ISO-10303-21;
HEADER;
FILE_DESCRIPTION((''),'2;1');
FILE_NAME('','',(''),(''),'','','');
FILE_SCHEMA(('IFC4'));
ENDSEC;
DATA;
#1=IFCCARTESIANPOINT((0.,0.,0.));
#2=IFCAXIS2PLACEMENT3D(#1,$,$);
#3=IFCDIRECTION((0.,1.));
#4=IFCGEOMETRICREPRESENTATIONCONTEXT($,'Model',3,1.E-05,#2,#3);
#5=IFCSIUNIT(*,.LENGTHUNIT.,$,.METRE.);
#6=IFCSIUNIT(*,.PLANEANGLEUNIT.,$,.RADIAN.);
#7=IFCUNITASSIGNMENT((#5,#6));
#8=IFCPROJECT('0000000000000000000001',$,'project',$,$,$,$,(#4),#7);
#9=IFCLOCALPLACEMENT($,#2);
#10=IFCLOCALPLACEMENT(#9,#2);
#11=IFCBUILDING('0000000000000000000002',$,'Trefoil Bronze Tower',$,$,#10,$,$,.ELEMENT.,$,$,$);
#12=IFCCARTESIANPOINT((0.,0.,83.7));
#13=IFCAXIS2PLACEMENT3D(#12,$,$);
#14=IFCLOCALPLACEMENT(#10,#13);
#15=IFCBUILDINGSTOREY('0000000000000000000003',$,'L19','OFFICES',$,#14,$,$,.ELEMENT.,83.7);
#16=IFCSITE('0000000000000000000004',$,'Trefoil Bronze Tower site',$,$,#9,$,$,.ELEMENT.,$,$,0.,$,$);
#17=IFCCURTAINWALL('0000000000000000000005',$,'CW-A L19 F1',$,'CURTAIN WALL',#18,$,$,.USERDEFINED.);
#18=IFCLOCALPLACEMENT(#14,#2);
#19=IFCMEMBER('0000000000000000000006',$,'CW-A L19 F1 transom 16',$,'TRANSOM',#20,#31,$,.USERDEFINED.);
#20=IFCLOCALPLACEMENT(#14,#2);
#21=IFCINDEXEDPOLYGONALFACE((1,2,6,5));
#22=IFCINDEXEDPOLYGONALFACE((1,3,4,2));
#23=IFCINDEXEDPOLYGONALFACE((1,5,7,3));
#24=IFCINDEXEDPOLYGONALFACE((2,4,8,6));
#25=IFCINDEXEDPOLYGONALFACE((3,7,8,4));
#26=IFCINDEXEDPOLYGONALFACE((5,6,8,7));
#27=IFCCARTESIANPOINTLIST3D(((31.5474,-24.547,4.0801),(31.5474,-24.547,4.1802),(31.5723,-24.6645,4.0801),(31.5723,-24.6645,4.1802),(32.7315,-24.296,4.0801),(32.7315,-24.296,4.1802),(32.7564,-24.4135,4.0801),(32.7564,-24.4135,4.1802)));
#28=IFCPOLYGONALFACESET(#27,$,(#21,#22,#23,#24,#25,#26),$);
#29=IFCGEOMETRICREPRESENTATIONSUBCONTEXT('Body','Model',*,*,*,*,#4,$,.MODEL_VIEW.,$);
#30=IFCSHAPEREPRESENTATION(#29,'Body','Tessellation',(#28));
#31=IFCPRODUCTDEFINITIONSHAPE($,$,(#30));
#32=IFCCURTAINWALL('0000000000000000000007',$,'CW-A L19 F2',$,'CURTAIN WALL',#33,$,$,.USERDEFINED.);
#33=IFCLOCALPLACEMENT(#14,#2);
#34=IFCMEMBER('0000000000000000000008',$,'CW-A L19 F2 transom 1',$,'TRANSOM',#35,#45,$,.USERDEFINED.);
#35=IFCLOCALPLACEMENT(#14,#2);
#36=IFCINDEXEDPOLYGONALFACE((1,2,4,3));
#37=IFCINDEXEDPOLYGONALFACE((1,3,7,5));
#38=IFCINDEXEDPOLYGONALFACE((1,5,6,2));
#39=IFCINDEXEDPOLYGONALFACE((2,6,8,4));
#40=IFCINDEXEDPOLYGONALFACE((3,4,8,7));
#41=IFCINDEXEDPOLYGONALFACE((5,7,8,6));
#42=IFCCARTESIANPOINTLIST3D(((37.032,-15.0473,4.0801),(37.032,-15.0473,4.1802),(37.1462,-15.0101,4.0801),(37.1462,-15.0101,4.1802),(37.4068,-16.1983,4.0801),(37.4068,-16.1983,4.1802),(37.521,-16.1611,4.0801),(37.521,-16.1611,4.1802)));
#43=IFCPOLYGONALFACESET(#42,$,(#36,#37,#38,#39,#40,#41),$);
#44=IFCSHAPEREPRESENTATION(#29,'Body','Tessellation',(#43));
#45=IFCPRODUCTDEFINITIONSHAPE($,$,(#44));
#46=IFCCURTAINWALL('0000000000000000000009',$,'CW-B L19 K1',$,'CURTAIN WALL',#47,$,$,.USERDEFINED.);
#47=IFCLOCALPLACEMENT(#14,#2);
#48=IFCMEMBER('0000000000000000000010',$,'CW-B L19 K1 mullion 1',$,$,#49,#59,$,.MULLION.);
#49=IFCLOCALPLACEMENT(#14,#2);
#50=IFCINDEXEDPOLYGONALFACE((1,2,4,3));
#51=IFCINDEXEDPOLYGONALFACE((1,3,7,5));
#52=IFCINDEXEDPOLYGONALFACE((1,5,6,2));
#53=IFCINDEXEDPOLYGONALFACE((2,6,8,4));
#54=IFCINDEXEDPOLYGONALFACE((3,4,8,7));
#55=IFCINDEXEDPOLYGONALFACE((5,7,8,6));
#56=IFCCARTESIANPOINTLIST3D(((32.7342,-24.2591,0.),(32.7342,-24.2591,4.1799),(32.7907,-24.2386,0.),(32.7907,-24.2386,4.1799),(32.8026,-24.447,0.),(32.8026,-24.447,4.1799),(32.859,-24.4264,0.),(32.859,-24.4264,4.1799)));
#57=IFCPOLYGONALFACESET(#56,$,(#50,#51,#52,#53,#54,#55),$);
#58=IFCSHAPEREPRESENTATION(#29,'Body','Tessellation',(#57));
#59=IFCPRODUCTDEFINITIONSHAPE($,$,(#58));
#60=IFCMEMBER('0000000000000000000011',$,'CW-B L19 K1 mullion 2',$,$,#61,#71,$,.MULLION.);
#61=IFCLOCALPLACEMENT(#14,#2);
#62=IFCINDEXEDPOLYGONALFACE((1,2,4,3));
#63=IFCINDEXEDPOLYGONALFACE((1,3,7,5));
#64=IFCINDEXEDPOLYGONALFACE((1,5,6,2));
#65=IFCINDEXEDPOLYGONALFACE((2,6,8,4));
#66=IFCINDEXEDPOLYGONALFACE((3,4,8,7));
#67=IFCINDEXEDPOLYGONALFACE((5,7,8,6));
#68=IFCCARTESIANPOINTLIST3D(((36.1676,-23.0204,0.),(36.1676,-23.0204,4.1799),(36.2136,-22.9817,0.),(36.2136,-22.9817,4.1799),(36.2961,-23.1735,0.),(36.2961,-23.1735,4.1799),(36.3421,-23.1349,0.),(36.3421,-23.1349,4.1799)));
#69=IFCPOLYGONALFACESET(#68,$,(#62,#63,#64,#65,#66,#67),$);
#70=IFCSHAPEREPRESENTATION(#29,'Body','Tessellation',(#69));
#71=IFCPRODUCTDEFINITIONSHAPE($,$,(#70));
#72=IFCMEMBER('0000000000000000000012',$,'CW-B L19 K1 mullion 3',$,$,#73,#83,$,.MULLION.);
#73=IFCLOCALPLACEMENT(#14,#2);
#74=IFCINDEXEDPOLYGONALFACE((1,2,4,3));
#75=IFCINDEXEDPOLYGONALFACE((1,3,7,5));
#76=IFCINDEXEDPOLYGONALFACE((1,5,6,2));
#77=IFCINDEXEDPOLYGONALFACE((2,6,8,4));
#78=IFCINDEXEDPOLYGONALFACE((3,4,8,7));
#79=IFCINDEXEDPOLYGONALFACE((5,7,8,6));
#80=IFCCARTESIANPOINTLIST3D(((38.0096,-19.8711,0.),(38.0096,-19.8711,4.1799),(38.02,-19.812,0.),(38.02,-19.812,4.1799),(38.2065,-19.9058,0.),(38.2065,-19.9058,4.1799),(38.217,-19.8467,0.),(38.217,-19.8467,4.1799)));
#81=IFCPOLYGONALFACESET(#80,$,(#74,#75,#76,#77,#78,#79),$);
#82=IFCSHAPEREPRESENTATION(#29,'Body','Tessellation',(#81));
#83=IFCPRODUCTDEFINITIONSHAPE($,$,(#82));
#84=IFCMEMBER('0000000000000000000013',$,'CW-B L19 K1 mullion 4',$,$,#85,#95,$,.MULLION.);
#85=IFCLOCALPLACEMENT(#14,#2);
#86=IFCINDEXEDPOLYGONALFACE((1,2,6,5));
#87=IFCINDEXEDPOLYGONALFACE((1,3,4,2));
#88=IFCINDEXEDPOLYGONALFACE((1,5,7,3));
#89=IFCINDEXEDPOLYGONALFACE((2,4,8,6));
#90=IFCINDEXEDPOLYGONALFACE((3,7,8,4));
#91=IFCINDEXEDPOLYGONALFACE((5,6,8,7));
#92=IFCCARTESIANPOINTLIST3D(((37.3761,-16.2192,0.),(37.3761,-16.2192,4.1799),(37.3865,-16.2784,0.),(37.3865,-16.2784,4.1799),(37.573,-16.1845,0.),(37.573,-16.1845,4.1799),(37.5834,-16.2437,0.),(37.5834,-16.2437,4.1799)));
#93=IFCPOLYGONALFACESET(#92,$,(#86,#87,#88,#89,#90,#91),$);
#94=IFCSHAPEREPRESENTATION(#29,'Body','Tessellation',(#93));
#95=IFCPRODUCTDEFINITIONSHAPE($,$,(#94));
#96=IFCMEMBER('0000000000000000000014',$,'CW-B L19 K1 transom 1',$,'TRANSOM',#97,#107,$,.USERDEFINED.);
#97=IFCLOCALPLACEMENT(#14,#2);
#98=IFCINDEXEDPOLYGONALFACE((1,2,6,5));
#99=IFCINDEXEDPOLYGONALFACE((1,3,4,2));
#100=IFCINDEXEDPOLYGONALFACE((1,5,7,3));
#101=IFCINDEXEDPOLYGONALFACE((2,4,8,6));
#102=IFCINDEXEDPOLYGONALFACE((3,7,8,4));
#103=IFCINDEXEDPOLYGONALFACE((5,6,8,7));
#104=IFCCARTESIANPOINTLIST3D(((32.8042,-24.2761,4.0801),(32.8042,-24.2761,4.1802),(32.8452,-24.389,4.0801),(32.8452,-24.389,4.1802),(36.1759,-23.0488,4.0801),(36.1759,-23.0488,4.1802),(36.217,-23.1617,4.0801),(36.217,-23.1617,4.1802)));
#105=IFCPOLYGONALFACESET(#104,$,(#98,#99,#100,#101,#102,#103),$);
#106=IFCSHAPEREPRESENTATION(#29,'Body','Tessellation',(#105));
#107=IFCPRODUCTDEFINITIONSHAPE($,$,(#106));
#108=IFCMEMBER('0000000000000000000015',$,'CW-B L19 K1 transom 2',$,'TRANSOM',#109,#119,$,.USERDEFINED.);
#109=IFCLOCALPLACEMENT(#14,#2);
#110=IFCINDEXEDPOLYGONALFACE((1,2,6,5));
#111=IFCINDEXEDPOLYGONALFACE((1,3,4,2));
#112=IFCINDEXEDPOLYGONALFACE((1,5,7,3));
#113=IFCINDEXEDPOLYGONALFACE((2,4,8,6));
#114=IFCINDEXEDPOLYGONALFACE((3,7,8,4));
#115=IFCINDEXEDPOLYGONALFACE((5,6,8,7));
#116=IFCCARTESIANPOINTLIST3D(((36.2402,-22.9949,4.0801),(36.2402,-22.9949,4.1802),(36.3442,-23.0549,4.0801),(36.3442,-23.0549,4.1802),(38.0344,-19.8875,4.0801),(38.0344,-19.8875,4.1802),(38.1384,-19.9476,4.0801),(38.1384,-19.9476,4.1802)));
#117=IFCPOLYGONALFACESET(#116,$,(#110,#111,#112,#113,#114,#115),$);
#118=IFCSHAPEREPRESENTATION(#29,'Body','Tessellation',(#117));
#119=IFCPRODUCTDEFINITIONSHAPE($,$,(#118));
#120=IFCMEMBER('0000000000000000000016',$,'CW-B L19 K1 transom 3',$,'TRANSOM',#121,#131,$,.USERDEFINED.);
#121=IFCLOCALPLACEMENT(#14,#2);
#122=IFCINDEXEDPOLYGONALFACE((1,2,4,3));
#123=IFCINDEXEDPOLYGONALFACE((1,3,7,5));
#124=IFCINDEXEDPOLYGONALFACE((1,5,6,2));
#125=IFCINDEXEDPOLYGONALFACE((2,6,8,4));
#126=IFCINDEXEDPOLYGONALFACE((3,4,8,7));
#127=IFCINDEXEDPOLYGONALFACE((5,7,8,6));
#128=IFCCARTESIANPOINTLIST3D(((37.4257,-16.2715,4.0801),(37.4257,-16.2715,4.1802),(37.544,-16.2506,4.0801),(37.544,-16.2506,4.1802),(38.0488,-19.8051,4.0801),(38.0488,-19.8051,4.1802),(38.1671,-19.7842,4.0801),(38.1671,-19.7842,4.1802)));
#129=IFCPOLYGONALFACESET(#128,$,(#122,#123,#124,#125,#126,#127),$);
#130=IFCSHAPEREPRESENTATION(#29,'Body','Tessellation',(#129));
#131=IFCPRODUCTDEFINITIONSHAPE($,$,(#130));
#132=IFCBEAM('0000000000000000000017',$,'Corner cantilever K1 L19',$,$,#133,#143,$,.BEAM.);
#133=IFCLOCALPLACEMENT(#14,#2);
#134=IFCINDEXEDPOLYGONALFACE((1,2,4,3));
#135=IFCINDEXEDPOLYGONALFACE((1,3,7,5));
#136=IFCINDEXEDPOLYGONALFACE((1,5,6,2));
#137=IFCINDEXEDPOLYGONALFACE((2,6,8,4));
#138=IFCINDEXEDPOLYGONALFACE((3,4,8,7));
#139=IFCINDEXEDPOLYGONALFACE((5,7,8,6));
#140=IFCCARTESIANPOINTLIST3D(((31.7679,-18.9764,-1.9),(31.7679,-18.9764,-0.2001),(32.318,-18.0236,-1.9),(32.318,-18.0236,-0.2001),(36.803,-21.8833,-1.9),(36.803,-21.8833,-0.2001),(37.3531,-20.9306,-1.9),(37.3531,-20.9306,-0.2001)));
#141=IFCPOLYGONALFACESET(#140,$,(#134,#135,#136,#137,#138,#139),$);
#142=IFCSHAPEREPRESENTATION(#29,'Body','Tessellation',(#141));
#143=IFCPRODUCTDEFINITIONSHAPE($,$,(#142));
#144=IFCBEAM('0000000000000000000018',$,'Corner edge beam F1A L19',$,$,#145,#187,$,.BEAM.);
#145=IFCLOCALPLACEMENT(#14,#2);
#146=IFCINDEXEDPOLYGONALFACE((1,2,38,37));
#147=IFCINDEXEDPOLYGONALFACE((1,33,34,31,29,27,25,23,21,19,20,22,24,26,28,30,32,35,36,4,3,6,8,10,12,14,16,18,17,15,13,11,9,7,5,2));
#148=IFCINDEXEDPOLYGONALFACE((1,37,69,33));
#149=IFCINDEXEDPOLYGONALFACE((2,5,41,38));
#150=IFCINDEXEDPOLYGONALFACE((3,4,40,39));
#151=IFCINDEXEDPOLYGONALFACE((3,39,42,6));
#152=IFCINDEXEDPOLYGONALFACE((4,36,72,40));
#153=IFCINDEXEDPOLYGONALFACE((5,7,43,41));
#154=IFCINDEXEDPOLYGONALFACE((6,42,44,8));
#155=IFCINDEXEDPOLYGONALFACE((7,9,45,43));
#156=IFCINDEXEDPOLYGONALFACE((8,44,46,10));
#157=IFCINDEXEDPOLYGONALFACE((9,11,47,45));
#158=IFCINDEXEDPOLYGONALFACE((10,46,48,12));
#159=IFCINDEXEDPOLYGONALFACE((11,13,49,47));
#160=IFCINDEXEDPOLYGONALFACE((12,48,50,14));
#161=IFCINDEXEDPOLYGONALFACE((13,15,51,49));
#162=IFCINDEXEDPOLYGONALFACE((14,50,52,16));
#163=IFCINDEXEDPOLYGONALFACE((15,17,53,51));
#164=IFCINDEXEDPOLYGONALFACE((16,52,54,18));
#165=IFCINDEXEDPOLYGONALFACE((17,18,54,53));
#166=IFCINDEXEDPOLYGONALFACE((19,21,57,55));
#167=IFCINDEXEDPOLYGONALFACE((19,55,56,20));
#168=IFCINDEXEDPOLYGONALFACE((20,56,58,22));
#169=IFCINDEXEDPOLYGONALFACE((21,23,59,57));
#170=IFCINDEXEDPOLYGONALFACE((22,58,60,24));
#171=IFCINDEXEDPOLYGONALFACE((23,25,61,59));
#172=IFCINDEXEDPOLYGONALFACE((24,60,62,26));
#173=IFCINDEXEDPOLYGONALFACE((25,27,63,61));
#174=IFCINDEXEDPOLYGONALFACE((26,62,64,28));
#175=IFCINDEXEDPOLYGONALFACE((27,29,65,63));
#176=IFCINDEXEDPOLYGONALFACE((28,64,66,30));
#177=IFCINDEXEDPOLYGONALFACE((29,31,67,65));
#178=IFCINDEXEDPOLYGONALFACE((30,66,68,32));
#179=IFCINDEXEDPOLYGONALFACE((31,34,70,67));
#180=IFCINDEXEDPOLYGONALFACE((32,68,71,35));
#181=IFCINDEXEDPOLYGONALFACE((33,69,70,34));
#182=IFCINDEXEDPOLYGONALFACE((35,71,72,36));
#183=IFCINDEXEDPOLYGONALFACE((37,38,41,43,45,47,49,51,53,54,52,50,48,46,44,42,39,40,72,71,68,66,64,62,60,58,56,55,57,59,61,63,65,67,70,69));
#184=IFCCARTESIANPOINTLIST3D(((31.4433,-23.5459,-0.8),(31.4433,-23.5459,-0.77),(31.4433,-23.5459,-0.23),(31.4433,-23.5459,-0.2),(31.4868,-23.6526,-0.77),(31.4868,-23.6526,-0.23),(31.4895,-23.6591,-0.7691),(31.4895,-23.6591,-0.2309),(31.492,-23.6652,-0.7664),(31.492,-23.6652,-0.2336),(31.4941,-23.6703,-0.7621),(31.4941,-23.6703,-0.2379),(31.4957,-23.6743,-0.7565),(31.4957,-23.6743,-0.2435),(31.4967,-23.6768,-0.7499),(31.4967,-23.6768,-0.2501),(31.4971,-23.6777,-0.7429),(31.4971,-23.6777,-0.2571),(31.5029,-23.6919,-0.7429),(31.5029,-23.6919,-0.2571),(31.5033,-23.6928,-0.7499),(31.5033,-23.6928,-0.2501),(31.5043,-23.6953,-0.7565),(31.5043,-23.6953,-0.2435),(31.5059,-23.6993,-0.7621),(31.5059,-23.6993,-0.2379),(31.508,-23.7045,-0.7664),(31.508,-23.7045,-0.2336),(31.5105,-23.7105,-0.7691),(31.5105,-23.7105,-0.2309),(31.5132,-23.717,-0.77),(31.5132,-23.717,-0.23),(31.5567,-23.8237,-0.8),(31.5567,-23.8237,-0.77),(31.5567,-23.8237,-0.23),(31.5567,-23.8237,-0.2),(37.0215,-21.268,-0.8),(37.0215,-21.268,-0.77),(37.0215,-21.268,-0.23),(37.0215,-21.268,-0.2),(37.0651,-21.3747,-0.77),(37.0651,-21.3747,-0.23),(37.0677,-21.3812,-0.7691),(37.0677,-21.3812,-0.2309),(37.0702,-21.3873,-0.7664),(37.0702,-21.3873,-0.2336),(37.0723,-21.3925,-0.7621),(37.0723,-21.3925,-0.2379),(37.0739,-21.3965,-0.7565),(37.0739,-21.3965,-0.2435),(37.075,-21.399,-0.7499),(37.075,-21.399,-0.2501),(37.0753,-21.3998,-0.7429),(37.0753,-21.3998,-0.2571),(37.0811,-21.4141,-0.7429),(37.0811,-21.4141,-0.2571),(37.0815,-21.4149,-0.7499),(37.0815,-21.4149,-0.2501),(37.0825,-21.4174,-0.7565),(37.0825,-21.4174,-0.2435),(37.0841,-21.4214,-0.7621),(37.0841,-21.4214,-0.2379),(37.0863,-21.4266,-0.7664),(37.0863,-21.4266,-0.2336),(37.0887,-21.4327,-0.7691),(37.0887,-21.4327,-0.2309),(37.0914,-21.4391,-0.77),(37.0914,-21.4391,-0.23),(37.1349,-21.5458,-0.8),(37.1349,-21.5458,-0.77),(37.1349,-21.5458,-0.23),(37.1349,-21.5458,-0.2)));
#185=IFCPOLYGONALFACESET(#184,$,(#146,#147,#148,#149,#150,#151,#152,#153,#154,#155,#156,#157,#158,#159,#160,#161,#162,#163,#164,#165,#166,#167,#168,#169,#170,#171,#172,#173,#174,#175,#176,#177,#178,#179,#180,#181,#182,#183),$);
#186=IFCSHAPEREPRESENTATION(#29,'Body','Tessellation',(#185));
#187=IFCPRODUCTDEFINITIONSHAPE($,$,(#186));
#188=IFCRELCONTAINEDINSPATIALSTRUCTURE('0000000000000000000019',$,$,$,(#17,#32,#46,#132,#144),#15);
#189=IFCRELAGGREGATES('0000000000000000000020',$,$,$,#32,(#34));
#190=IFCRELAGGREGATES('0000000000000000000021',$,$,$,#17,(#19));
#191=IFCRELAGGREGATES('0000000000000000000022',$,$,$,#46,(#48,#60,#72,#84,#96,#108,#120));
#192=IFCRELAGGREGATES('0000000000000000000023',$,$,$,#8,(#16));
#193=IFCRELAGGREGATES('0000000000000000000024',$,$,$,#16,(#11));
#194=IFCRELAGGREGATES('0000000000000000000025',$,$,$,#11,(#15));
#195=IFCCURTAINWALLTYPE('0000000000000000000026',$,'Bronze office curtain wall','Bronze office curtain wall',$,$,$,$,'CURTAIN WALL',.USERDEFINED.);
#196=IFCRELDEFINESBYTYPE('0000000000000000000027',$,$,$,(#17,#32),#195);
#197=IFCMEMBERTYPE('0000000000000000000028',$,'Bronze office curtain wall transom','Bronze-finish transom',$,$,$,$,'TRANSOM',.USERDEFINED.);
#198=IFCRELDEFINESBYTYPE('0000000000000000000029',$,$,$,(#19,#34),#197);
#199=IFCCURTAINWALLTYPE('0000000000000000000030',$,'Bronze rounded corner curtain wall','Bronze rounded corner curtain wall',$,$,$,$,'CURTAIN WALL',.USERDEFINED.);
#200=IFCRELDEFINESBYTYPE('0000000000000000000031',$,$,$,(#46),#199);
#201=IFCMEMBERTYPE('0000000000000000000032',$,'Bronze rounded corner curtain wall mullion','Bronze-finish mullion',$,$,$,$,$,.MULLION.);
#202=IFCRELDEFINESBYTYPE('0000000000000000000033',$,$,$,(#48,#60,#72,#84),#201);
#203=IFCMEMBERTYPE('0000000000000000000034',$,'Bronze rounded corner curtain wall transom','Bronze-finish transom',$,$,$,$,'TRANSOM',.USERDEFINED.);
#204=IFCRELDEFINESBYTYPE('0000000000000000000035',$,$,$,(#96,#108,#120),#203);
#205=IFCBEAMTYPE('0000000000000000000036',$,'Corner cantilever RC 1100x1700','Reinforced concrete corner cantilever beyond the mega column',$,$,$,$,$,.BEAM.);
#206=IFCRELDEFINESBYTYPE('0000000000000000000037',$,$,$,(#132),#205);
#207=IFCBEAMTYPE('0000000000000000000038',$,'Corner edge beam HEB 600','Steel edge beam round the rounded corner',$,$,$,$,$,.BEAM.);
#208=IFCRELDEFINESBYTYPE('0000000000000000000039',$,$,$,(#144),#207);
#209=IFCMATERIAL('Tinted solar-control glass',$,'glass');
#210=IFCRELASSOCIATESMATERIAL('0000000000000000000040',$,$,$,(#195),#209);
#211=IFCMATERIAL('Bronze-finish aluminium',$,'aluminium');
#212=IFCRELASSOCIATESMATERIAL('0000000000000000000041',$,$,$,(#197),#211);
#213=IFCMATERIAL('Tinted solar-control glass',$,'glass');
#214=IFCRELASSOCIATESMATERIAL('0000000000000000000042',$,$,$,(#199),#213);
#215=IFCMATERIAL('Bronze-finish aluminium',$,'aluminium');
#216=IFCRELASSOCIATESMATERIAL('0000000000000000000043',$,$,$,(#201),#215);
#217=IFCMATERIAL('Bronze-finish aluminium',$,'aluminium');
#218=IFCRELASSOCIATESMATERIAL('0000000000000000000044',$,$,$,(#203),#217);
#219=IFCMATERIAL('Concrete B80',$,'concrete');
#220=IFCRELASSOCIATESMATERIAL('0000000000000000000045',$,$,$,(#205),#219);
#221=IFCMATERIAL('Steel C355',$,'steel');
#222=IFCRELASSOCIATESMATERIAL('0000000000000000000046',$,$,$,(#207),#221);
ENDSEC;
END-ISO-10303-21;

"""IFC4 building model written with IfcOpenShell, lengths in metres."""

from ifc_helpers import new_model, si_unit, direction, frame, origin, origin_2d, place, context, subcontext, project, spatial, rectangle, i_section, extrude, material, material_profile, profile_set, type_object, element, aggregate, save


model = new_model("IFC4")

# Units and contexts
model_context = context("Model", 3, precision=1e-05, world=origin(), true_north=direction((0.0, 1.0)))
body_context = subcontext(model_context, "Body", "Model", "MODEL_VIEW")
ifc_project = project(units=[si_unit("LENGTHUNIT", "METRE"), si_unit("PLANEANGLEUNIT", "RADIAN")], contexts=[model_context])

# Site, building, storey
site_placement = place(None, origin())
site = spatial("IfcSite", under=ifc_project, at=site_placement, Name="Trefoil Bronze Tower site", CompositionType="ELEMENT", RefElevation=0.0)
building_placement = place(site_placement, origin())
building = spatial("IfcBuilding", under=site, at=building_placement, Name="Trefoil Bronze Tower", CompositionType="ELEMENT")
storey_placement = place(building_placement, frame((0.0, 0.0, 83.7)))
storey = spatial("IfcBuildingStorey", under=building, at=storey_placement, Name="L19", Description="OFFICES", CompositionType="ELEMENT", Elevation=83.7)

# Curtain wall, member
ifc_material_1 = material(Name="Tinted solar-control glass", Category="glass")
curtain_wall_type_1 = type_object("IfcCurtainWallType", Name="Bronze office curtain wall", Description="Bronze office curtain wall", ElementType="CURTAIN WALL", PredefinedType="USERDEFINED", material=ifc_material_1)
curtain_wall_1_placement = place(storey_placement, origin())
curtain_wall_1 = element("IfcCurtainWall", 1, at=curtain_wall_1_placement, inside=storey, type_object=curtain_wall_type_1, Name="CW-A L19 F1", ObjectType="CURTAIN WALL", PredefinedType="USERDEFINED")
ifc_material_2 = material(Name="Bronze-finish aluminium", Category="aluminium")
ifc_material_profile_1 = material_profile(ifc_material_2, rectangle(XDim=0.1201, YDim=0.1001, at=origin_2d()), Name="CW-A transom")
ifc_profile_set_1 = profile_set([ifc_material_profile_1], Name="Bronze-finish aluminium")
member_type_1 = type_object("IfcMemberType", Name="Bronze office curtain wall transom", Description="Bronze-finish transom", ElementType="TRANSOM", PredefinedType="USERDEFINED", material=ifc_profile_set_1)
member_1_placement = place(storey_placement, frame((31.5598, -24.6057, 4.1301), z_axis=(0.978266, 0.207352, 0.0), x_axis=(-0.207352, 0.978266, 0.0)))
member_1 = element("IfcMember", 2, at=member_1_placement, type_object=member_type_1, Name="CW-A L19 F1 transom 16", ObjectType="TRANSOM", PredefinedType="USERDEFINED", context=body_context, shape_type="SweptSolid", body=[
    extrude(rectangle(XDim=0.1201, YDim=0.1001, at=origin_2d()), origin(), (0.0, 0.0, 1.0), 1.2104),
])

# Curtain wall, member
curtain_wall_2_placement = place(storey_placement, origin())
curtain_wall_2 = element("IfcCurtainWall", 3, at=curtain_wall_2_placement, inside=storey, type_object=curtain_wall_type_1, Name="CW-A L19 F2", ObjectType="CURTAIN WALL", PredefinedType="USERDEFINED")
member_2_placement = place(storey_placement, frame((37.4639, -16.1797, 4.1301), z_axis=(-0.309624, 0.950859, 0.0), x_axis=(-0.950859, -0.309624, 0.0)))
member_2 = element("IfcMember", 4, at=member_2_placement, type_object=member_type_1, Name="CW-A L19 F2 transom 1", ObjectType="TRANSOM", PredefinedType="USERDEFINED", context=body_context, shape_type="SweptSolid", body=[
    extrude(rectangle(XDim=0.1201, YDim=0.1001, at=origin_2d()), origin(), (0.0, 0.0, 1.0), 1.2104),
])
aggregate(curtain_wall_2, [member_2])

# Curtain wall, members
ifc_material_3 = material(Name="Tinted solar-control glass", Category="glass")
curtain_wall_type_2 = type_object("IfcCurtainWallType", Name="Bronze rounded corner curtain wall", Description="Bronze rounded corner curtain wall", ElementType="CURTAIN WALL", PredefinedType="USERDEFINED", material=ifc_material_3)
curtain_wall_3_placement = place(storey_placement, origin())
curtain_wall_3 = element("IfcCurtainWall", 5, at=curtain_wall_3_placement, inside=storey, type_object=curtain_wall_type_2, Name="CW-B L19 K1", ObjectType="CURTAIN WALL", PredefinedType="USERDEFINED")
ifc_material_4 = material(Name="Bronze-finish aluminium", Category="aluminium")
ifc_material_profile_2 = material_profile(ifc_material_4, rectangle(XDim=0.2, YDim=0.0601, at=origin_2d()), Name="CW-B mullion")
ifc_profile_set_2 = profile_set([ifc_material_profile_2], Name="Bronze-finish aluminium")
member_type_2 = type_object("IfcMemberType", Name="Bronze rounded corner curtain wall mullion", Description="Bronze-finish mullion", PredefinedType="MULLION", material=ifc_profile_set_2)
member_3_placement = place(storey_placement, frame((32.7966, -24.3428, 0.0), z_axis=(0.0, 0.0, 1.0), x_axis=(-0.34202, 0.939693, 0.0)))
member_3 = element("IfcMember", 6, at=member_3_placement, type_object=member_type_2, Name="CW-B L19 K1 mullion 1", PredefinedType="MULLION", context=body_context, shape_type="SweptSolid", body=[
    extrude(rectangle(XDim=0.2, YDim=0.0601, at=origin_2d()), origin(), (0.0, 0.0, 1.0), 4.1799),
])
member_4_placement = place(storey_placement, frame((36.2549, -23.0776, 0.0), z_axis=(0.0, 0.0, 1.0), x_axis=(-0.642788, 0.766044, 0.0)))
member_4 = element("IfcMember", 7, at=member_4_placement, type_object=member_type_2, Name="CW-B L19 K1 mullion 2", PredefinedType="MULLION", context=body_context, shape_type="SweptSolid", body=[
    extrude(rectangle(XDim=0.2, YDim=0.0601, at=origin_2d()), origin(), (0.0, 0.0, 1.0), 4.1799),
])
member_5_placement = place(storey_placement, frame((38.1133, -19.8589, 0.0), z_axis=(0.0, 0.0, 1.0), x_axis=(-0.984808, 0.173648, 0.0)))
member_5 = element("IfcMember", 8, at=member_5_placement, type_object=member_type_2, Name="CW-B L19 K1 mullion 3", PredefinedType="MULLION", context=body_context, shape_type="SweptSolid", body=[
    extrude(rectangle(XDim=0.2, YDim=0.0601, at=origin_2d()), origin(), (0.0, 0.0, 1.0), 4.1799),
])
member_6_placement = place(storey_placement, frame((37.4797, -16.2314, 0.0), z_axis=(0.0, 0.0, 1.0), x_axis=(-0.984808, -0.173648, 0.0)))
member_6 = element("IfcMember", 9, at=member_6_placement, type_object=member_type_2, Name="CW-B L19 K1 mullion 4", PredefinedType="MULLION", context=body_context, shape_type="SweptSolid", body=[
    extrude(rectangle(XDim=0.2, YDim=0.0601, at=origin_2d()), origin(), (0.0, 0.0, 1.0), 4.1799),
])
ifc_material_5 = material(Name="Bronze-finish aluminium", Category="aluminium")
ifc_material_profile_3 = material_profile(ifc_material_5, rectangle(XDim=0.1201, YDim=0.1001, at=origin_2d()), Name="CW-B transom")
ifc_profile_set_3 = profile_set([ifc_material_profile_3], Name="Bronze-finish aluminium")
member_type_3 = type_object("IfcMemberType", Name="Bronze rounded corner curtain wall transom", Description="Bronze-finish transom", ElementType="TRANSOM", PredefinedType="USERDEFINED", material=ifc_profile_set_3)
member_7_placement = place(storey_placement, frame((32.8247, -24.3325, 4.1301), z_axis=(0.939688, 0.342033, 0.0), x_axis=(-0.342033, 0.939688, 0.0)))
member_7 = element("IfcMember", 10, at=member_7_placement, type_object=member_type_3, Name="CW-B L19 K1 transom 1", ObjectType="TRANSOM", PredefinedType="USERDEFINED", context=body_context, shape_type="SweptSolid", body=[
    extrude(rectangle(XDim=0.1201, YDim=0.1001, at=origin_2d()), origin(), (0.0, 0.0, 1.0), 3.5881),
])
member_8_placement = place(storey_placement, frame((36.2922, -23.0249, 4.1301), z_axis=(0.500025, 0.866011, 0.0), x_axis=(-0.866011, 0.500025, 0.0)))
member_8 = element("IfcMember", 11, at=member_8_placement, type_object=member_type_3, Name="CW-B L19 K1 transom 2", ObjectType="TRANSOM", PredefinedType="USERDEFINED", context=body_context, shape_type="SweptSolid", body=[
    extrude(rectangle(XDim=0.1201, YDim=0.1001, at=origin_2d()), origin(), (0.0, 0.0, 1.0), 3.5881),
])
member_9_placement = place(storey_placement, frame((38.1079, -19.7947, 4.1301), z_axis=(-0.173638, 0.98481, 0.0), x_axis=(-0.98481, -0.173638, 0.0)))
member_9 = element("IfcMember", 12, at=member_9_placement, type_object=member_type_3, Name="CW-B L19 K1 transom 3", ObjectType="TRANSOM", PredefinedType="USERDEFINED", context=body_context, shape_type="SweptSolid", body=[
    extrude(rectangle(XDim=0.1201, YDim=0.1001, at=origin_2d()), origin(), (0.0, 0.0, 1.0), 3.5881),
])

# Beams
ifc_material_6 = material(Name="Concrete B80", Category="concrete")
ifc_material_profile_4 = material_profile(ifc_material_6, rectangle(XDim=1.1001, YDim=1.7, at=origin_2d()), Name="RC 1100x1700")
ifc_profile_set_4 = profile_set([ifc_material_profile_4], Name="Concrete B80")
beam_type_1 = type_object("IfcBeamType", Name="Corner cantilever RC 1100x1700", Description="Reinforced concrete corner cantilever beyond the mega column", PredefinedType="BEAM", material=ifc_profile_set_4)
beam_1_placement = place(storey_placement, frame((32.043, -18.5, -1.05), z_axis=(0.86603, -0.499991, 0.0), x_axis=(0.499991, 0.86603, 0.0)))
element("IfcBeam", 13, at=beam_1_placement, inside=storey, type_object=beam_type_1, Name="Corner cantilever K1 L19", PredefinedType="BEAM", context=body_context, shape_type="SweptSolid", body=[
    extrude(rectangle(XDim=1.1001, YDim=1.7, at=origin_2d()), origin(), (0.0, 0.0, 1.0), 5.814),
])
ifc_material_7 = material(Name="Steel C355", Category="steel")
ifc_material_profile_5 = material_profile(ifc_material_7, i_section(OverallWidth=0.3, OverallDepth=0.6001, WebThickness=0.0154, FlangeThickness=0.03, FilletRadius=0.0271, at=origin_2d()), Name="HEB 600")
ifc_profile_set_5 = profile_set([ifc_material_profile_5], Name="Steel C355")
beam_type_2 = type_object("IfcBeamType", Name="Corner edge beam HEB 600", Description="Steel edge beam round the rounded corner", PredefinedType="BEAM", material=ifc_profile_set_5)
beam_2_placement = place(storey_placement, frame((31.5, -23.6848, -0.5), z_axis=(0.925787, 0.378046, 0.0), x_axis=(-0.378046, 0.925787, 0.0)))
element("IfcBeam", 14, at=beam_2_placement, inside=storey, type_object=beam_type_2, Name="Corner edge beam F1A L19", PredefinedType="BEAM", context=body_context, shape_type="SweptSolid", body=[
    extrude(i_section(OverallWidth=0.3, OverallDepth=0.6001, WebThickness=0.0154, FlangeThickness=0.03, FilletRadius=0.0271, at=origin_2d()), origin(), (0.0, 0.0, 1.0), 6.0254),
])

aggregate(curtain_wall_1, [member_1])
aggregate(curtain_wall_3, [member_3, member_4, member_5, member_6, member_7, member_8, member_9])

save(model, "model.ifc")
